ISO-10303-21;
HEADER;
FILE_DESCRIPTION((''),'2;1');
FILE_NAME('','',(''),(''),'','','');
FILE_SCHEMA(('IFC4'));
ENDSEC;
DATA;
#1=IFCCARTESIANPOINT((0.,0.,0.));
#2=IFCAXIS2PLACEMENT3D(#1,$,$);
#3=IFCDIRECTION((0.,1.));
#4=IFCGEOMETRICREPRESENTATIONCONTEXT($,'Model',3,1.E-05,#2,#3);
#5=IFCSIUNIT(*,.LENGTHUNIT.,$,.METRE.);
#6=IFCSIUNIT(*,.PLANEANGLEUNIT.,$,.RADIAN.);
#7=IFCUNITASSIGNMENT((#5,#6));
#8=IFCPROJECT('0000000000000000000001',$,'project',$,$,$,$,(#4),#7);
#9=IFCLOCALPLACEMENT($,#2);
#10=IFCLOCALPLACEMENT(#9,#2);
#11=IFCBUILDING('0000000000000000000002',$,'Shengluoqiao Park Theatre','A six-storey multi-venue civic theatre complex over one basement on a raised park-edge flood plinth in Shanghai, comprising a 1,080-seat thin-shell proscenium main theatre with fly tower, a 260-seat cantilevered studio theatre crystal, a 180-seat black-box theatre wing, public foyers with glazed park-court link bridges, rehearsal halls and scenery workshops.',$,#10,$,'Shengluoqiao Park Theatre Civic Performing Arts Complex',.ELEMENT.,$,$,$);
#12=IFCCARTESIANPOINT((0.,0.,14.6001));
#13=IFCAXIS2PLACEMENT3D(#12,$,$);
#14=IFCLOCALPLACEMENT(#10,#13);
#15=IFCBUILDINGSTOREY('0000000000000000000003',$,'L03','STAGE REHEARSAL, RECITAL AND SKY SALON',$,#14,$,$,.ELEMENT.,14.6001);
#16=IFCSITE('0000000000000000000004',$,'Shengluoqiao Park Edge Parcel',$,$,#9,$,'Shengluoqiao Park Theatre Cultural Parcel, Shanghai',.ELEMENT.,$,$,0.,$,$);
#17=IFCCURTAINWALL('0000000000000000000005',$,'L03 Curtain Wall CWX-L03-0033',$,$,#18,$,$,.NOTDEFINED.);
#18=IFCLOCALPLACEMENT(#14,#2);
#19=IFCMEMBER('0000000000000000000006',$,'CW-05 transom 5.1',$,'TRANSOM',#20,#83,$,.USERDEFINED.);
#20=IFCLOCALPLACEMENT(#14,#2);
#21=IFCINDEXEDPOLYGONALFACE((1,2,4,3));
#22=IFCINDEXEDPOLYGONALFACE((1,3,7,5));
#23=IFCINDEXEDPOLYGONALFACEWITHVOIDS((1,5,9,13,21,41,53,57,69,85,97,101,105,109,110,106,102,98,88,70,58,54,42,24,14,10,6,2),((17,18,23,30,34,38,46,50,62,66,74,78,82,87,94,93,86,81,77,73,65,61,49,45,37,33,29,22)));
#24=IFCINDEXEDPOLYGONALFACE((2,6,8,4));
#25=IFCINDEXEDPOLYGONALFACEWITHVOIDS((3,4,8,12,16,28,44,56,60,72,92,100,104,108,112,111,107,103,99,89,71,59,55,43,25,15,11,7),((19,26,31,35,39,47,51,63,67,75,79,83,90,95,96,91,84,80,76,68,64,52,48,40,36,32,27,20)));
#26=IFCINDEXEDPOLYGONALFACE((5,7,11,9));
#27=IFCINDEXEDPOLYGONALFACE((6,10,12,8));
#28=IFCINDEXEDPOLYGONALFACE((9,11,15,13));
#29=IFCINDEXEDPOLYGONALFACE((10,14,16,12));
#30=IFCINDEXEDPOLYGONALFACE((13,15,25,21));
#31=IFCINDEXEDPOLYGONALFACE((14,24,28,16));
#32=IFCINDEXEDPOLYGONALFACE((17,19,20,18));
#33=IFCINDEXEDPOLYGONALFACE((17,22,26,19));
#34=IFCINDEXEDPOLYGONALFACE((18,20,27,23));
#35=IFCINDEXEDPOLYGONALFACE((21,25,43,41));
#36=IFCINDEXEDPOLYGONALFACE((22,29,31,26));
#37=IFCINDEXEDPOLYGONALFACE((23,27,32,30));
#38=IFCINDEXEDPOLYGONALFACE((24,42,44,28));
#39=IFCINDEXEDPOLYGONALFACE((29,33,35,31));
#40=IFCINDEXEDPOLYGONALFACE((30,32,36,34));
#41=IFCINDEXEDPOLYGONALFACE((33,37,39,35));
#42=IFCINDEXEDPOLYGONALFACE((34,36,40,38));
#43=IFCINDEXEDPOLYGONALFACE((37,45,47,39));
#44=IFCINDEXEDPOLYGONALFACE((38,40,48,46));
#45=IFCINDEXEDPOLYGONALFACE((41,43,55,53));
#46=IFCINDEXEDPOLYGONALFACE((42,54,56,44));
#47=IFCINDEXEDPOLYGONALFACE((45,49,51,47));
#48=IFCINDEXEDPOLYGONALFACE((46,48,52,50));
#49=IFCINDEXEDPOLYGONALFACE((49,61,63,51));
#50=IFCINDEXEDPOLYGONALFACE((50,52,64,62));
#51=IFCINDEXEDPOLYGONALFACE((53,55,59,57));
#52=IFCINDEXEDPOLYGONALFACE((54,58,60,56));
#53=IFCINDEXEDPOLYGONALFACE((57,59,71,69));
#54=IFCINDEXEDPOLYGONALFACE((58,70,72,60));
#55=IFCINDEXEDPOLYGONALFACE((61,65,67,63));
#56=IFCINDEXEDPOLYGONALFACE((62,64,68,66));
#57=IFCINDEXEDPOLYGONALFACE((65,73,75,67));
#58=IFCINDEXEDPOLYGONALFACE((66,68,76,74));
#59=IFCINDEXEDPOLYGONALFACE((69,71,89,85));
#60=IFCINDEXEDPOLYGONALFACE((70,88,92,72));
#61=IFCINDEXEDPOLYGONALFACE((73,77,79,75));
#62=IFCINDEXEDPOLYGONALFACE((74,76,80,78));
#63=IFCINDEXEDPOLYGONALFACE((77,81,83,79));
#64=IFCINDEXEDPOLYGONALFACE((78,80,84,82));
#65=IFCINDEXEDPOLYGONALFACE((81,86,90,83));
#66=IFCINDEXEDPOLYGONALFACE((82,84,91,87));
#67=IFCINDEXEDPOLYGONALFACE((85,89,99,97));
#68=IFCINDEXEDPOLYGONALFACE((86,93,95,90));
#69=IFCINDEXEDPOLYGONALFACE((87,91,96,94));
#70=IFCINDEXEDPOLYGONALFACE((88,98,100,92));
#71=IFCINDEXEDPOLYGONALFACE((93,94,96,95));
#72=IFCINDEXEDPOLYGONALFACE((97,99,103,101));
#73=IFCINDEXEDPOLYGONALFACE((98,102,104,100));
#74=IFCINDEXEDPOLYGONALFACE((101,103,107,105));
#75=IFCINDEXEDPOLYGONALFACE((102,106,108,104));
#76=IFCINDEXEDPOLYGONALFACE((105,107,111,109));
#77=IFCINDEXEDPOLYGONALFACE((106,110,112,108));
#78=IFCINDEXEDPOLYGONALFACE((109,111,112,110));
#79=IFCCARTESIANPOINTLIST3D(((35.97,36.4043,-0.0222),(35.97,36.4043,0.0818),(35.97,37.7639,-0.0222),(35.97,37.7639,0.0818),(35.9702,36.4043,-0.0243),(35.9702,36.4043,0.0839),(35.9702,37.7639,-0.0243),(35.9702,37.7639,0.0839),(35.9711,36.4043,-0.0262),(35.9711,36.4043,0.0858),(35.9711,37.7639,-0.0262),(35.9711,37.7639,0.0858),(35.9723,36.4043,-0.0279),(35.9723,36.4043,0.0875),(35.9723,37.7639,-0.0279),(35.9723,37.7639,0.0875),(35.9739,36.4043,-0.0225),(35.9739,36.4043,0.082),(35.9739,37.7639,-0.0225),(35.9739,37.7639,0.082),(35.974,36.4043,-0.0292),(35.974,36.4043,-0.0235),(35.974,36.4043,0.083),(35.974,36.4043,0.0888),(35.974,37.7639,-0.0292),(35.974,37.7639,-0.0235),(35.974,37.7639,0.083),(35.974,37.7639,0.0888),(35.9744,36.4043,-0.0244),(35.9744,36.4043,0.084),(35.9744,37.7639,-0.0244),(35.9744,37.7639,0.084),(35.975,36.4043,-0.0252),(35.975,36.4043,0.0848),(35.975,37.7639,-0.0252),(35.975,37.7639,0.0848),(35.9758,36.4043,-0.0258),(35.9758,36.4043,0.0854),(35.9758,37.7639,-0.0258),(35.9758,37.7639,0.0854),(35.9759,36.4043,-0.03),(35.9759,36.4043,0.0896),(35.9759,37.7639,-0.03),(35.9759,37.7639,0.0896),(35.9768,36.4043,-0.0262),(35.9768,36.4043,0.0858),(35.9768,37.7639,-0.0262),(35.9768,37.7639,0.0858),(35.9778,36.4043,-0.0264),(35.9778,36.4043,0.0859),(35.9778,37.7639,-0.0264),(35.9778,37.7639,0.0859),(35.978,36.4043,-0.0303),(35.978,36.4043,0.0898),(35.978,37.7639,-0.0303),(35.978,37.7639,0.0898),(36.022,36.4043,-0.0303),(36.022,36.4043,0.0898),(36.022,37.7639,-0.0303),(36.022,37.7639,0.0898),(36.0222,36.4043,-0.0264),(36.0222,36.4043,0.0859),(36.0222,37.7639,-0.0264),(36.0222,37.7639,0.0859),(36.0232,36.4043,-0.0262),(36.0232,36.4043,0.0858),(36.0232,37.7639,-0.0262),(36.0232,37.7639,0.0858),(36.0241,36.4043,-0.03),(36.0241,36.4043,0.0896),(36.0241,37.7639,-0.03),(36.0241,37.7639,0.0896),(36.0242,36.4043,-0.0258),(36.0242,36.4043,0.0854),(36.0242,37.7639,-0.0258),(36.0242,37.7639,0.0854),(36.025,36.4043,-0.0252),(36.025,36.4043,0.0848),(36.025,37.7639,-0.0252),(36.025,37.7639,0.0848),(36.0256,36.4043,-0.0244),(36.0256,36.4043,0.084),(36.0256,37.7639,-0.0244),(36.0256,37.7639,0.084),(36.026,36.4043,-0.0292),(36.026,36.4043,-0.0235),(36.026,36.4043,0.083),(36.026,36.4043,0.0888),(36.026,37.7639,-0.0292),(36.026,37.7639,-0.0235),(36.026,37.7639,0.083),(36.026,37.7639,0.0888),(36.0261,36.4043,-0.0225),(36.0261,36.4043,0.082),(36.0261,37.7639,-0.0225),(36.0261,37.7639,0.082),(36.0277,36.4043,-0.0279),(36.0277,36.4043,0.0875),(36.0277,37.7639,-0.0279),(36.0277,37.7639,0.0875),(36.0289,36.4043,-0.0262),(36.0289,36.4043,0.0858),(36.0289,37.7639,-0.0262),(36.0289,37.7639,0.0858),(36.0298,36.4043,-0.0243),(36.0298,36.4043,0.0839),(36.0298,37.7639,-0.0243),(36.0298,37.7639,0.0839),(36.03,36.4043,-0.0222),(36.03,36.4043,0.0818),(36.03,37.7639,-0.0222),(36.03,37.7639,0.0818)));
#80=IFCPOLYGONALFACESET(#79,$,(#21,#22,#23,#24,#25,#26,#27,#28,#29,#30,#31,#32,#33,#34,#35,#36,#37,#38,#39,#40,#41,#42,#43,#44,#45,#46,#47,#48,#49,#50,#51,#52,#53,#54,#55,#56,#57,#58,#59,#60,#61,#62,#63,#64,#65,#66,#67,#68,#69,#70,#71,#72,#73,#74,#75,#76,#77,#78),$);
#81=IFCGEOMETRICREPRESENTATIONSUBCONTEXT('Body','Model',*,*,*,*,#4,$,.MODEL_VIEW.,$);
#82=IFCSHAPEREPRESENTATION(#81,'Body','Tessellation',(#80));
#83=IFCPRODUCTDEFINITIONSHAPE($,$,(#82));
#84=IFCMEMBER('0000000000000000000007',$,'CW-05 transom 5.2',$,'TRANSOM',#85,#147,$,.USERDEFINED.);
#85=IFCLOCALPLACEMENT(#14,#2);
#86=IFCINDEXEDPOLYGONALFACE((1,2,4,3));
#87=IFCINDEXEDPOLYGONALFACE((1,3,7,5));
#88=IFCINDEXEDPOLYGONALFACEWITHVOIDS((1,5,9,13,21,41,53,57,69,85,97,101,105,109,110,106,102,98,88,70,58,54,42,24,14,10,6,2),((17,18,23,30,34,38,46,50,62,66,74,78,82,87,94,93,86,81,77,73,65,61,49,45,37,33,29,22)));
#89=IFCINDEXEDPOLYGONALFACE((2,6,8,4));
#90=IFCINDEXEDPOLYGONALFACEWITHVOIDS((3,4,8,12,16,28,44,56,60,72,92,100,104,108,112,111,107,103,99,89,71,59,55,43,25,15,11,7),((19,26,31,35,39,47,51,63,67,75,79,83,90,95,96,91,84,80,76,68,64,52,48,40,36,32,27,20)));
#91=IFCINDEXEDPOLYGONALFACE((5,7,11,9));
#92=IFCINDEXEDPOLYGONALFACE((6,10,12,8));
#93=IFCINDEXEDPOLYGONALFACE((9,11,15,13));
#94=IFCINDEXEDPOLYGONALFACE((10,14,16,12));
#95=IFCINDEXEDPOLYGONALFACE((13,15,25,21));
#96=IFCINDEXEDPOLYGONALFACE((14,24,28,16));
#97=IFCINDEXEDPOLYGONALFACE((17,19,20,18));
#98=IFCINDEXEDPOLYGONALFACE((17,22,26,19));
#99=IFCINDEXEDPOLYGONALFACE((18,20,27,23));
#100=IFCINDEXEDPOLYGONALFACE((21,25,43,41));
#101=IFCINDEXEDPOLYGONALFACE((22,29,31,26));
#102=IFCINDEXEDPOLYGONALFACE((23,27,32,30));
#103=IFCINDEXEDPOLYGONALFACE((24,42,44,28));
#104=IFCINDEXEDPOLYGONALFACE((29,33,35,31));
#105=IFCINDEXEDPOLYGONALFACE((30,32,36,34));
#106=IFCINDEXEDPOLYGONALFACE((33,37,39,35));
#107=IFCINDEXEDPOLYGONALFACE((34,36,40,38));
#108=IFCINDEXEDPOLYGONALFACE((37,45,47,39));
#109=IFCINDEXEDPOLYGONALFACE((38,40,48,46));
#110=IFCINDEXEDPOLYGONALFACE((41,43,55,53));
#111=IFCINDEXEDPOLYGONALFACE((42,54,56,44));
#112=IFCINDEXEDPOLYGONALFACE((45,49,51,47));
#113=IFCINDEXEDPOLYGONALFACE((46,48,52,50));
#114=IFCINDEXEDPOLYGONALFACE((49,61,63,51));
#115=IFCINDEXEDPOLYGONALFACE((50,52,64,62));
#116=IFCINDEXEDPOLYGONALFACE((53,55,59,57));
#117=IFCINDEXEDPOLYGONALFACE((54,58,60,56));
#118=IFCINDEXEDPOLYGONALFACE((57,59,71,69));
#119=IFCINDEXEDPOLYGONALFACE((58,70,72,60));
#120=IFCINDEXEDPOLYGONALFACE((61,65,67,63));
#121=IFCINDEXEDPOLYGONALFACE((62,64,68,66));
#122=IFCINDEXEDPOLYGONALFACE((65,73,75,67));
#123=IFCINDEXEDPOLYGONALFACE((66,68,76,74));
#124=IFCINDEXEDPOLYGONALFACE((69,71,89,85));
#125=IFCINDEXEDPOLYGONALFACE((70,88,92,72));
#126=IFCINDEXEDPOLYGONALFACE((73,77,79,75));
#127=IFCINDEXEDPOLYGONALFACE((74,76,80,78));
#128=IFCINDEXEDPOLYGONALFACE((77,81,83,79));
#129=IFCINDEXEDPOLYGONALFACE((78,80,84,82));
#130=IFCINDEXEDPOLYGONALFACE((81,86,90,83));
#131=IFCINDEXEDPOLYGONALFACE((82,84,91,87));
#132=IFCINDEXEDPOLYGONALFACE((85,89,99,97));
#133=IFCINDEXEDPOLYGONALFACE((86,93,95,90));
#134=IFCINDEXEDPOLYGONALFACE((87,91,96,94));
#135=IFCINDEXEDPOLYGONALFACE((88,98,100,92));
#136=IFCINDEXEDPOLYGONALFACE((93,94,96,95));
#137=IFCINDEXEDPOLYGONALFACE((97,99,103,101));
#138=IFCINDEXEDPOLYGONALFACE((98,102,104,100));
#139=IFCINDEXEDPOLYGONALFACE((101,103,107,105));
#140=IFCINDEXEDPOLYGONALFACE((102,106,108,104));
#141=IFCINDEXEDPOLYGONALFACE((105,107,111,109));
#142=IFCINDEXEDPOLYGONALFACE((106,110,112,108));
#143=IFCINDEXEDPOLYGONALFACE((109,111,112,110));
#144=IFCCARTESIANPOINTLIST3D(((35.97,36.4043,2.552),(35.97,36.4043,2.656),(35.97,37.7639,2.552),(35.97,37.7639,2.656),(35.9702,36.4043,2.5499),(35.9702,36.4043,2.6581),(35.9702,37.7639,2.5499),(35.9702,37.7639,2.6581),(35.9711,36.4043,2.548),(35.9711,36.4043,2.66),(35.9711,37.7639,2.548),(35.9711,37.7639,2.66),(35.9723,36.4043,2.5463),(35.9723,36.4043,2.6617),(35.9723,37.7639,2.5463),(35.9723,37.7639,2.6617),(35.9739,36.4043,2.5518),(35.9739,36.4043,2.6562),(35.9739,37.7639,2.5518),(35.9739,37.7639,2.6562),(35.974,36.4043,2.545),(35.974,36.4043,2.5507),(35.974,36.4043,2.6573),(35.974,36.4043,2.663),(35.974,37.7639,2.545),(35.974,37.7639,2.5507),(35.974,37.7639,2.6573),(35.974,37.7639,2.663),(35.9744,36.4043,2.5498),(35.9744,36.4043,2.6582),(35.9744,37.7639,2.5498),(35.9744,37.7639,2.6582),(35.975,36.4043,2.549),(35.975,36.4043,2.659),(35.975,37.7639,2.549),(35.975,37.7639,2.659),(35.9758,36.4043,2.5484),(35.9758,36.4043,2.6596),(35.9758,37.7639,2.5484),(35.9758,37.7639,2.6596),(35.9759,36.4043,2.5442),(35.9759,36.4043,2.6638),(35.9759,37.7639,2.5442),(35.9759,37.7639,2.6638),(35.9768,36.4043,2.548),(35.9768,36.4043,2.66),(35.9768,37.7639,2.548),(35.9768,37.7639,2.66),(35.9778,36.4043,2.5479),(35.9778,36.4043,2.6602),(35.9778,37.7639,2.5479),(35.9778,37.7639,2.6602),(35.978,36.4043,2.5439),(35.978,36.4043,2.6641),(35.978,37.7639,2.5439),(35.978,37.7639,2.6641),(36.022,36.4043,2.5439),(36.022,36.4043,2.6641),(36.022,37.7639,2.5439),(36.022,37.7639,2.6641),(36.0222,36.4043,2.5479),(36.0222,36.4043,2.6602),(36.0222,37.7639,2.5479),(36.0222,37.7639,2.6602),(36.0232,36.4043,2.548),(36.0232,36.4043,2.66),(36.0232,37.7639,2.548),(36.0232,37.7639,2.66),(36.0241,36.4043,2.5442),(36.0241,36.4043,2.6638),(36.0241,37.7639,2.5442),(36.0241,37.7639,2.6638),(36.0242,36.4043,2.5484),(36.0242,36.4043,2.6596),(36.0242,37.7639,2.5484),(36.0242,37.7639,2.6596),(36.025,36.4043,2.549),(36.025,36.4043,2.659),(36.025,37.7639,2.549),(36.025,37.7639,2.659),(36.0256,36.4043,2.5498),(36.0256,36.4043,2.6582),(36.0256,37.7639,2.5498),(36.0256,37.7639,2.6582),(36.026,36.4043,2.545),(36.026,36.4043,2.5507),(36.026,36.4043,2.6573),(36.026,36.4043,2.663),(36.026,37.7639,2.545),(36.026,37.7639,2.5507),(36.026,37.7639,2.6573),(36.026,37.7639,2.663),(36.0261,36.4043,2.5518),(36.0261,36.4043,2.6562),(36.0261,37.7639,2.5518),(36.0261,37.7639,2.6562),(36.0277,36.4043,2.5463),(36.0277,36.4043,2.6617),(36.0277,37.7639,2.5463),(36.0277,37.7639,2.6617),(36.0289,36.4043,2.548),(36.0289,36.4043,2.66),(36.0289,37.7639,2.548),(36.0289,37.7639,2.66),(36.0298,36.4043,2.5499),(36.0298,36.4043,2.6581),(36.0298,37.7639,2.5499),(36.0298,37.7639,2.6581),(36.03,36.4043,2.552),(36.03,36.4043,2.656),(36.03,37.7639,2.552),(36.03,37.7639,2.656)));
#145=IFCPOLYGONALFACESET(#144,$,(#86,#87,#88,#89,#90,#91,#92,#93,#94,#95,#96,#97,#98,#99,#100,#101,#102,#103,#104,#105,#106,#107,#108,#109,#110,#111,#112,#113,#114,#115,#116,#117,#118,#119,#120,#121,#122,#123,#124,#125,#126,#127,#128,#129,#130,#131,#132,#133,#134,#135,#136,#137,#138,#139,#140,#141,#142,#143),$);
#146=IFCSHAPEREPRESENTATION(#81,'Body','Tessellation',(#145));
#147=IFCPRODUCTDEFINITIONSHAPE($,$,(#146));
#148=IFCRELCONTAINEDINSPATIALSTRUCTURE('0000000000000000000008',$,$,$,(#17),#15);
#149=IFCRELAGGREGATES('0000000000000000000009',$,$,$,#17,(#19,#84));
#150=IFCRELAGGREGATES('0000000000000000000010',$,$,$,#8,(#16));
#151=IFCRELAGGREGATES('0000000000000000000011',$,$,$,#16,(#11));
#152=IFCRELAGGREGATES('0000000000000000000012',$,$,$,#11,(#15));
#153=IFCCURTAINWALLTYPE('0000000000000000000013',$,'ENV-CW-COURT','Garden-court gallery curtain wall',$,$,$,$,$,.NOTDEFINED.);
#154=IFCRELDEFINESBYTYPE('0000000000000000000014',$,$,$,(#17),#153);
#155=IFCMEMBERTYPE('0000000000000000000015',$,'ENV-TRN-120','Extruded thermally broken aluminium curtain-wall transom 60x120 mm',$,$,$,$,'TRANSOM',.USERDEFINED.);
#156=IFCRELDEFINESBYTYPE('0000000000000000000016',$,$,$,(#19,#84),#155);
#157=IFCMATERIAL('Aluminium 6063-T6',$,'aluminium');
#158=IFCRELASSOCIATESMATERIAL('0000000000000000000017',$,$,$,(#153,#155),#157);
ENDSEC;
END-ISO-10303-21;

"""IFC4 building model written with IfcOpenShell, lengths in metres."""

from ifc_helpers import new_model, si_unit, direction, frame, origin, origin_2d, place, context, subcontext, project, spatial, hollow_rectangle, extrude, material, material_profile, profile_set, type_object, element, aggregate, save


model = new_model("IFC4")

# Units and contexts
model_context = context("Model", 3, precision=1e-05, world=origin(), true_north=direction((0.0, 1.0)))
body_context = subcontext(model_context, "Body", "Model", "MODEL_VIEW")
ifc_project = project(units=[si_unit("LENGTHUNIT", "METRE"), si_unit("PLANEANGLEUNIT", "RADIAN")], contexts=[model_context])

# Site, building, storey
site_placement = place(None, origin())
site = spatial("IfcSite", under=ifc_project, at=site_placement, Name="Shengluoqiao Park Edge Parcel", LongName="Shengluoqiao Park Theatre Cultural Parcel, Shanghai", CompositionType="ELEMENT", RefElevation=0.0)
building_placement = place(site_placement, origin())
building = spatial("IfcBuilding", under=site, at=building_placement, Name="Shengluoqiao Park Theatre", Description="A six-storey multi-venue civic theatre complex over one basement on a raised park-edge flood plinth in Shanghai, comprising a 1,080-seat thin-shell proscenium main theatre with fly tower, a 260-seat cantilevered studio theatre crystal, a 180-seat black-box theatre wing, public foyers with glazed park-court link bridges, rehearsal halls and scenery workshops.", LongName="Shengluoqiao Park Theatre Civic Performing Arts Complex", CompositionType="ELEMENT")
storey_placement = place(building_placement, frame((0.0, 0.0, 14.6001)))
storey = spatial("IfcBuildingStorey", under=building, at=storey_placement, Name="L03", Description="STAGE REHEARSAL, RECITAL AND SKY SALON", CompositionType="ELEMENT", Elevation=14.6001)

# Curtain wall
ifc_material_1 = material(Name="Aluminium 6063-T6", Category="aluminium")
curtain_wall_type = type_object("IfcCurtainWallType", Name="ENV-CW-COURT", Description="Garden-court gallery curtain wall", PredefinedType="NOTDEFINED", material=ifc_material_1)
curtain_wall_1_placement = place(storey_placement, origin())
curtain_wall_1 = element("IfcCurtainWall", 1, at=curtain_wall_1_placement, inside=storey, type_object=curtain_wall_type, Name="L03 Curtain Wall CWX-L03-0033", PredefinedType="NOTDEFINED")

# Members
ifc_material_profile_1 = material_profile(ifc_material_1, hollow_rectangle(XDim=0.0601, YDim=0.1201, WallThickness=0.0039, InnerFilletRadius=0.0039, OuterFilletRadius=0.0081, at=origin_2d()), Name="ALU TRANSOM 120x60x4")
ifc_profile_set_1 = profile_set([ifc_material_profile_1], Name="Aluminium 6063-T6")
member_type_1 = type_object("IfcMemberType", Name="ENV-TRN-120", Description="Extruded thermally broken aluminium curtain-wall transom 60x120 mm", ElementType="TRANSOM", PredefinedType="USERDEFINED", material=ifc_profile_set_1)
member_1_placement = place(storey_placement, frame((36.0, 36.4043, 0.0298), z_axis=(0.0, 1.0, 0.0), x_axis=(-1.0, 0.0, 0.0)))
member_1 = element("IfcMember", 2, at=member_1_placement, type_object=member_type_1, Name="CW-05 transom 5.1", ObjectType="TRANSOM", PredefinedType="USERDEFINED", context=body_context, shape_type="SweptSolid", body=[
    extrude(hollow_rectangle(XDim=0.0601, YDim=0.1201, WallThickness=0.0039, InnerFilletRadius=0.0039, OuterFilletRadius=0.0081, at=origin_2d()), origin(), (0.0, 0.0, 1.0), 1.3596),
])
member_2_placement = place(storey_placement, frame((36.0, 36.4043, 2.604), z_axis=(0.0, 1.0, 0.0), x_axis=(-1.0, 0.0, 0.0)))
member_2 = element("IfcMember", 3, at=member_2_placement, type_object=member_type_1, Name="CW-05 transom 5.2", ObjectType="TRANSOM", PredefinedType="USERDEFINED", context=body_context, shape_type="SweptSolid", body=[
    extrude(hollow_rectangle(XDim=0.0601, YDim=0.1201, WallThickness=0.0039, InnerFilletRadius=0.0039, OuterFilletRadius=0.0081, at=origin_2d()), origin(), (0.0, 0.0, 1.0), 1.3596),
])

aggregate(curtain_wall_1, [member_1, member_2])

save(model, "model.ifc")
